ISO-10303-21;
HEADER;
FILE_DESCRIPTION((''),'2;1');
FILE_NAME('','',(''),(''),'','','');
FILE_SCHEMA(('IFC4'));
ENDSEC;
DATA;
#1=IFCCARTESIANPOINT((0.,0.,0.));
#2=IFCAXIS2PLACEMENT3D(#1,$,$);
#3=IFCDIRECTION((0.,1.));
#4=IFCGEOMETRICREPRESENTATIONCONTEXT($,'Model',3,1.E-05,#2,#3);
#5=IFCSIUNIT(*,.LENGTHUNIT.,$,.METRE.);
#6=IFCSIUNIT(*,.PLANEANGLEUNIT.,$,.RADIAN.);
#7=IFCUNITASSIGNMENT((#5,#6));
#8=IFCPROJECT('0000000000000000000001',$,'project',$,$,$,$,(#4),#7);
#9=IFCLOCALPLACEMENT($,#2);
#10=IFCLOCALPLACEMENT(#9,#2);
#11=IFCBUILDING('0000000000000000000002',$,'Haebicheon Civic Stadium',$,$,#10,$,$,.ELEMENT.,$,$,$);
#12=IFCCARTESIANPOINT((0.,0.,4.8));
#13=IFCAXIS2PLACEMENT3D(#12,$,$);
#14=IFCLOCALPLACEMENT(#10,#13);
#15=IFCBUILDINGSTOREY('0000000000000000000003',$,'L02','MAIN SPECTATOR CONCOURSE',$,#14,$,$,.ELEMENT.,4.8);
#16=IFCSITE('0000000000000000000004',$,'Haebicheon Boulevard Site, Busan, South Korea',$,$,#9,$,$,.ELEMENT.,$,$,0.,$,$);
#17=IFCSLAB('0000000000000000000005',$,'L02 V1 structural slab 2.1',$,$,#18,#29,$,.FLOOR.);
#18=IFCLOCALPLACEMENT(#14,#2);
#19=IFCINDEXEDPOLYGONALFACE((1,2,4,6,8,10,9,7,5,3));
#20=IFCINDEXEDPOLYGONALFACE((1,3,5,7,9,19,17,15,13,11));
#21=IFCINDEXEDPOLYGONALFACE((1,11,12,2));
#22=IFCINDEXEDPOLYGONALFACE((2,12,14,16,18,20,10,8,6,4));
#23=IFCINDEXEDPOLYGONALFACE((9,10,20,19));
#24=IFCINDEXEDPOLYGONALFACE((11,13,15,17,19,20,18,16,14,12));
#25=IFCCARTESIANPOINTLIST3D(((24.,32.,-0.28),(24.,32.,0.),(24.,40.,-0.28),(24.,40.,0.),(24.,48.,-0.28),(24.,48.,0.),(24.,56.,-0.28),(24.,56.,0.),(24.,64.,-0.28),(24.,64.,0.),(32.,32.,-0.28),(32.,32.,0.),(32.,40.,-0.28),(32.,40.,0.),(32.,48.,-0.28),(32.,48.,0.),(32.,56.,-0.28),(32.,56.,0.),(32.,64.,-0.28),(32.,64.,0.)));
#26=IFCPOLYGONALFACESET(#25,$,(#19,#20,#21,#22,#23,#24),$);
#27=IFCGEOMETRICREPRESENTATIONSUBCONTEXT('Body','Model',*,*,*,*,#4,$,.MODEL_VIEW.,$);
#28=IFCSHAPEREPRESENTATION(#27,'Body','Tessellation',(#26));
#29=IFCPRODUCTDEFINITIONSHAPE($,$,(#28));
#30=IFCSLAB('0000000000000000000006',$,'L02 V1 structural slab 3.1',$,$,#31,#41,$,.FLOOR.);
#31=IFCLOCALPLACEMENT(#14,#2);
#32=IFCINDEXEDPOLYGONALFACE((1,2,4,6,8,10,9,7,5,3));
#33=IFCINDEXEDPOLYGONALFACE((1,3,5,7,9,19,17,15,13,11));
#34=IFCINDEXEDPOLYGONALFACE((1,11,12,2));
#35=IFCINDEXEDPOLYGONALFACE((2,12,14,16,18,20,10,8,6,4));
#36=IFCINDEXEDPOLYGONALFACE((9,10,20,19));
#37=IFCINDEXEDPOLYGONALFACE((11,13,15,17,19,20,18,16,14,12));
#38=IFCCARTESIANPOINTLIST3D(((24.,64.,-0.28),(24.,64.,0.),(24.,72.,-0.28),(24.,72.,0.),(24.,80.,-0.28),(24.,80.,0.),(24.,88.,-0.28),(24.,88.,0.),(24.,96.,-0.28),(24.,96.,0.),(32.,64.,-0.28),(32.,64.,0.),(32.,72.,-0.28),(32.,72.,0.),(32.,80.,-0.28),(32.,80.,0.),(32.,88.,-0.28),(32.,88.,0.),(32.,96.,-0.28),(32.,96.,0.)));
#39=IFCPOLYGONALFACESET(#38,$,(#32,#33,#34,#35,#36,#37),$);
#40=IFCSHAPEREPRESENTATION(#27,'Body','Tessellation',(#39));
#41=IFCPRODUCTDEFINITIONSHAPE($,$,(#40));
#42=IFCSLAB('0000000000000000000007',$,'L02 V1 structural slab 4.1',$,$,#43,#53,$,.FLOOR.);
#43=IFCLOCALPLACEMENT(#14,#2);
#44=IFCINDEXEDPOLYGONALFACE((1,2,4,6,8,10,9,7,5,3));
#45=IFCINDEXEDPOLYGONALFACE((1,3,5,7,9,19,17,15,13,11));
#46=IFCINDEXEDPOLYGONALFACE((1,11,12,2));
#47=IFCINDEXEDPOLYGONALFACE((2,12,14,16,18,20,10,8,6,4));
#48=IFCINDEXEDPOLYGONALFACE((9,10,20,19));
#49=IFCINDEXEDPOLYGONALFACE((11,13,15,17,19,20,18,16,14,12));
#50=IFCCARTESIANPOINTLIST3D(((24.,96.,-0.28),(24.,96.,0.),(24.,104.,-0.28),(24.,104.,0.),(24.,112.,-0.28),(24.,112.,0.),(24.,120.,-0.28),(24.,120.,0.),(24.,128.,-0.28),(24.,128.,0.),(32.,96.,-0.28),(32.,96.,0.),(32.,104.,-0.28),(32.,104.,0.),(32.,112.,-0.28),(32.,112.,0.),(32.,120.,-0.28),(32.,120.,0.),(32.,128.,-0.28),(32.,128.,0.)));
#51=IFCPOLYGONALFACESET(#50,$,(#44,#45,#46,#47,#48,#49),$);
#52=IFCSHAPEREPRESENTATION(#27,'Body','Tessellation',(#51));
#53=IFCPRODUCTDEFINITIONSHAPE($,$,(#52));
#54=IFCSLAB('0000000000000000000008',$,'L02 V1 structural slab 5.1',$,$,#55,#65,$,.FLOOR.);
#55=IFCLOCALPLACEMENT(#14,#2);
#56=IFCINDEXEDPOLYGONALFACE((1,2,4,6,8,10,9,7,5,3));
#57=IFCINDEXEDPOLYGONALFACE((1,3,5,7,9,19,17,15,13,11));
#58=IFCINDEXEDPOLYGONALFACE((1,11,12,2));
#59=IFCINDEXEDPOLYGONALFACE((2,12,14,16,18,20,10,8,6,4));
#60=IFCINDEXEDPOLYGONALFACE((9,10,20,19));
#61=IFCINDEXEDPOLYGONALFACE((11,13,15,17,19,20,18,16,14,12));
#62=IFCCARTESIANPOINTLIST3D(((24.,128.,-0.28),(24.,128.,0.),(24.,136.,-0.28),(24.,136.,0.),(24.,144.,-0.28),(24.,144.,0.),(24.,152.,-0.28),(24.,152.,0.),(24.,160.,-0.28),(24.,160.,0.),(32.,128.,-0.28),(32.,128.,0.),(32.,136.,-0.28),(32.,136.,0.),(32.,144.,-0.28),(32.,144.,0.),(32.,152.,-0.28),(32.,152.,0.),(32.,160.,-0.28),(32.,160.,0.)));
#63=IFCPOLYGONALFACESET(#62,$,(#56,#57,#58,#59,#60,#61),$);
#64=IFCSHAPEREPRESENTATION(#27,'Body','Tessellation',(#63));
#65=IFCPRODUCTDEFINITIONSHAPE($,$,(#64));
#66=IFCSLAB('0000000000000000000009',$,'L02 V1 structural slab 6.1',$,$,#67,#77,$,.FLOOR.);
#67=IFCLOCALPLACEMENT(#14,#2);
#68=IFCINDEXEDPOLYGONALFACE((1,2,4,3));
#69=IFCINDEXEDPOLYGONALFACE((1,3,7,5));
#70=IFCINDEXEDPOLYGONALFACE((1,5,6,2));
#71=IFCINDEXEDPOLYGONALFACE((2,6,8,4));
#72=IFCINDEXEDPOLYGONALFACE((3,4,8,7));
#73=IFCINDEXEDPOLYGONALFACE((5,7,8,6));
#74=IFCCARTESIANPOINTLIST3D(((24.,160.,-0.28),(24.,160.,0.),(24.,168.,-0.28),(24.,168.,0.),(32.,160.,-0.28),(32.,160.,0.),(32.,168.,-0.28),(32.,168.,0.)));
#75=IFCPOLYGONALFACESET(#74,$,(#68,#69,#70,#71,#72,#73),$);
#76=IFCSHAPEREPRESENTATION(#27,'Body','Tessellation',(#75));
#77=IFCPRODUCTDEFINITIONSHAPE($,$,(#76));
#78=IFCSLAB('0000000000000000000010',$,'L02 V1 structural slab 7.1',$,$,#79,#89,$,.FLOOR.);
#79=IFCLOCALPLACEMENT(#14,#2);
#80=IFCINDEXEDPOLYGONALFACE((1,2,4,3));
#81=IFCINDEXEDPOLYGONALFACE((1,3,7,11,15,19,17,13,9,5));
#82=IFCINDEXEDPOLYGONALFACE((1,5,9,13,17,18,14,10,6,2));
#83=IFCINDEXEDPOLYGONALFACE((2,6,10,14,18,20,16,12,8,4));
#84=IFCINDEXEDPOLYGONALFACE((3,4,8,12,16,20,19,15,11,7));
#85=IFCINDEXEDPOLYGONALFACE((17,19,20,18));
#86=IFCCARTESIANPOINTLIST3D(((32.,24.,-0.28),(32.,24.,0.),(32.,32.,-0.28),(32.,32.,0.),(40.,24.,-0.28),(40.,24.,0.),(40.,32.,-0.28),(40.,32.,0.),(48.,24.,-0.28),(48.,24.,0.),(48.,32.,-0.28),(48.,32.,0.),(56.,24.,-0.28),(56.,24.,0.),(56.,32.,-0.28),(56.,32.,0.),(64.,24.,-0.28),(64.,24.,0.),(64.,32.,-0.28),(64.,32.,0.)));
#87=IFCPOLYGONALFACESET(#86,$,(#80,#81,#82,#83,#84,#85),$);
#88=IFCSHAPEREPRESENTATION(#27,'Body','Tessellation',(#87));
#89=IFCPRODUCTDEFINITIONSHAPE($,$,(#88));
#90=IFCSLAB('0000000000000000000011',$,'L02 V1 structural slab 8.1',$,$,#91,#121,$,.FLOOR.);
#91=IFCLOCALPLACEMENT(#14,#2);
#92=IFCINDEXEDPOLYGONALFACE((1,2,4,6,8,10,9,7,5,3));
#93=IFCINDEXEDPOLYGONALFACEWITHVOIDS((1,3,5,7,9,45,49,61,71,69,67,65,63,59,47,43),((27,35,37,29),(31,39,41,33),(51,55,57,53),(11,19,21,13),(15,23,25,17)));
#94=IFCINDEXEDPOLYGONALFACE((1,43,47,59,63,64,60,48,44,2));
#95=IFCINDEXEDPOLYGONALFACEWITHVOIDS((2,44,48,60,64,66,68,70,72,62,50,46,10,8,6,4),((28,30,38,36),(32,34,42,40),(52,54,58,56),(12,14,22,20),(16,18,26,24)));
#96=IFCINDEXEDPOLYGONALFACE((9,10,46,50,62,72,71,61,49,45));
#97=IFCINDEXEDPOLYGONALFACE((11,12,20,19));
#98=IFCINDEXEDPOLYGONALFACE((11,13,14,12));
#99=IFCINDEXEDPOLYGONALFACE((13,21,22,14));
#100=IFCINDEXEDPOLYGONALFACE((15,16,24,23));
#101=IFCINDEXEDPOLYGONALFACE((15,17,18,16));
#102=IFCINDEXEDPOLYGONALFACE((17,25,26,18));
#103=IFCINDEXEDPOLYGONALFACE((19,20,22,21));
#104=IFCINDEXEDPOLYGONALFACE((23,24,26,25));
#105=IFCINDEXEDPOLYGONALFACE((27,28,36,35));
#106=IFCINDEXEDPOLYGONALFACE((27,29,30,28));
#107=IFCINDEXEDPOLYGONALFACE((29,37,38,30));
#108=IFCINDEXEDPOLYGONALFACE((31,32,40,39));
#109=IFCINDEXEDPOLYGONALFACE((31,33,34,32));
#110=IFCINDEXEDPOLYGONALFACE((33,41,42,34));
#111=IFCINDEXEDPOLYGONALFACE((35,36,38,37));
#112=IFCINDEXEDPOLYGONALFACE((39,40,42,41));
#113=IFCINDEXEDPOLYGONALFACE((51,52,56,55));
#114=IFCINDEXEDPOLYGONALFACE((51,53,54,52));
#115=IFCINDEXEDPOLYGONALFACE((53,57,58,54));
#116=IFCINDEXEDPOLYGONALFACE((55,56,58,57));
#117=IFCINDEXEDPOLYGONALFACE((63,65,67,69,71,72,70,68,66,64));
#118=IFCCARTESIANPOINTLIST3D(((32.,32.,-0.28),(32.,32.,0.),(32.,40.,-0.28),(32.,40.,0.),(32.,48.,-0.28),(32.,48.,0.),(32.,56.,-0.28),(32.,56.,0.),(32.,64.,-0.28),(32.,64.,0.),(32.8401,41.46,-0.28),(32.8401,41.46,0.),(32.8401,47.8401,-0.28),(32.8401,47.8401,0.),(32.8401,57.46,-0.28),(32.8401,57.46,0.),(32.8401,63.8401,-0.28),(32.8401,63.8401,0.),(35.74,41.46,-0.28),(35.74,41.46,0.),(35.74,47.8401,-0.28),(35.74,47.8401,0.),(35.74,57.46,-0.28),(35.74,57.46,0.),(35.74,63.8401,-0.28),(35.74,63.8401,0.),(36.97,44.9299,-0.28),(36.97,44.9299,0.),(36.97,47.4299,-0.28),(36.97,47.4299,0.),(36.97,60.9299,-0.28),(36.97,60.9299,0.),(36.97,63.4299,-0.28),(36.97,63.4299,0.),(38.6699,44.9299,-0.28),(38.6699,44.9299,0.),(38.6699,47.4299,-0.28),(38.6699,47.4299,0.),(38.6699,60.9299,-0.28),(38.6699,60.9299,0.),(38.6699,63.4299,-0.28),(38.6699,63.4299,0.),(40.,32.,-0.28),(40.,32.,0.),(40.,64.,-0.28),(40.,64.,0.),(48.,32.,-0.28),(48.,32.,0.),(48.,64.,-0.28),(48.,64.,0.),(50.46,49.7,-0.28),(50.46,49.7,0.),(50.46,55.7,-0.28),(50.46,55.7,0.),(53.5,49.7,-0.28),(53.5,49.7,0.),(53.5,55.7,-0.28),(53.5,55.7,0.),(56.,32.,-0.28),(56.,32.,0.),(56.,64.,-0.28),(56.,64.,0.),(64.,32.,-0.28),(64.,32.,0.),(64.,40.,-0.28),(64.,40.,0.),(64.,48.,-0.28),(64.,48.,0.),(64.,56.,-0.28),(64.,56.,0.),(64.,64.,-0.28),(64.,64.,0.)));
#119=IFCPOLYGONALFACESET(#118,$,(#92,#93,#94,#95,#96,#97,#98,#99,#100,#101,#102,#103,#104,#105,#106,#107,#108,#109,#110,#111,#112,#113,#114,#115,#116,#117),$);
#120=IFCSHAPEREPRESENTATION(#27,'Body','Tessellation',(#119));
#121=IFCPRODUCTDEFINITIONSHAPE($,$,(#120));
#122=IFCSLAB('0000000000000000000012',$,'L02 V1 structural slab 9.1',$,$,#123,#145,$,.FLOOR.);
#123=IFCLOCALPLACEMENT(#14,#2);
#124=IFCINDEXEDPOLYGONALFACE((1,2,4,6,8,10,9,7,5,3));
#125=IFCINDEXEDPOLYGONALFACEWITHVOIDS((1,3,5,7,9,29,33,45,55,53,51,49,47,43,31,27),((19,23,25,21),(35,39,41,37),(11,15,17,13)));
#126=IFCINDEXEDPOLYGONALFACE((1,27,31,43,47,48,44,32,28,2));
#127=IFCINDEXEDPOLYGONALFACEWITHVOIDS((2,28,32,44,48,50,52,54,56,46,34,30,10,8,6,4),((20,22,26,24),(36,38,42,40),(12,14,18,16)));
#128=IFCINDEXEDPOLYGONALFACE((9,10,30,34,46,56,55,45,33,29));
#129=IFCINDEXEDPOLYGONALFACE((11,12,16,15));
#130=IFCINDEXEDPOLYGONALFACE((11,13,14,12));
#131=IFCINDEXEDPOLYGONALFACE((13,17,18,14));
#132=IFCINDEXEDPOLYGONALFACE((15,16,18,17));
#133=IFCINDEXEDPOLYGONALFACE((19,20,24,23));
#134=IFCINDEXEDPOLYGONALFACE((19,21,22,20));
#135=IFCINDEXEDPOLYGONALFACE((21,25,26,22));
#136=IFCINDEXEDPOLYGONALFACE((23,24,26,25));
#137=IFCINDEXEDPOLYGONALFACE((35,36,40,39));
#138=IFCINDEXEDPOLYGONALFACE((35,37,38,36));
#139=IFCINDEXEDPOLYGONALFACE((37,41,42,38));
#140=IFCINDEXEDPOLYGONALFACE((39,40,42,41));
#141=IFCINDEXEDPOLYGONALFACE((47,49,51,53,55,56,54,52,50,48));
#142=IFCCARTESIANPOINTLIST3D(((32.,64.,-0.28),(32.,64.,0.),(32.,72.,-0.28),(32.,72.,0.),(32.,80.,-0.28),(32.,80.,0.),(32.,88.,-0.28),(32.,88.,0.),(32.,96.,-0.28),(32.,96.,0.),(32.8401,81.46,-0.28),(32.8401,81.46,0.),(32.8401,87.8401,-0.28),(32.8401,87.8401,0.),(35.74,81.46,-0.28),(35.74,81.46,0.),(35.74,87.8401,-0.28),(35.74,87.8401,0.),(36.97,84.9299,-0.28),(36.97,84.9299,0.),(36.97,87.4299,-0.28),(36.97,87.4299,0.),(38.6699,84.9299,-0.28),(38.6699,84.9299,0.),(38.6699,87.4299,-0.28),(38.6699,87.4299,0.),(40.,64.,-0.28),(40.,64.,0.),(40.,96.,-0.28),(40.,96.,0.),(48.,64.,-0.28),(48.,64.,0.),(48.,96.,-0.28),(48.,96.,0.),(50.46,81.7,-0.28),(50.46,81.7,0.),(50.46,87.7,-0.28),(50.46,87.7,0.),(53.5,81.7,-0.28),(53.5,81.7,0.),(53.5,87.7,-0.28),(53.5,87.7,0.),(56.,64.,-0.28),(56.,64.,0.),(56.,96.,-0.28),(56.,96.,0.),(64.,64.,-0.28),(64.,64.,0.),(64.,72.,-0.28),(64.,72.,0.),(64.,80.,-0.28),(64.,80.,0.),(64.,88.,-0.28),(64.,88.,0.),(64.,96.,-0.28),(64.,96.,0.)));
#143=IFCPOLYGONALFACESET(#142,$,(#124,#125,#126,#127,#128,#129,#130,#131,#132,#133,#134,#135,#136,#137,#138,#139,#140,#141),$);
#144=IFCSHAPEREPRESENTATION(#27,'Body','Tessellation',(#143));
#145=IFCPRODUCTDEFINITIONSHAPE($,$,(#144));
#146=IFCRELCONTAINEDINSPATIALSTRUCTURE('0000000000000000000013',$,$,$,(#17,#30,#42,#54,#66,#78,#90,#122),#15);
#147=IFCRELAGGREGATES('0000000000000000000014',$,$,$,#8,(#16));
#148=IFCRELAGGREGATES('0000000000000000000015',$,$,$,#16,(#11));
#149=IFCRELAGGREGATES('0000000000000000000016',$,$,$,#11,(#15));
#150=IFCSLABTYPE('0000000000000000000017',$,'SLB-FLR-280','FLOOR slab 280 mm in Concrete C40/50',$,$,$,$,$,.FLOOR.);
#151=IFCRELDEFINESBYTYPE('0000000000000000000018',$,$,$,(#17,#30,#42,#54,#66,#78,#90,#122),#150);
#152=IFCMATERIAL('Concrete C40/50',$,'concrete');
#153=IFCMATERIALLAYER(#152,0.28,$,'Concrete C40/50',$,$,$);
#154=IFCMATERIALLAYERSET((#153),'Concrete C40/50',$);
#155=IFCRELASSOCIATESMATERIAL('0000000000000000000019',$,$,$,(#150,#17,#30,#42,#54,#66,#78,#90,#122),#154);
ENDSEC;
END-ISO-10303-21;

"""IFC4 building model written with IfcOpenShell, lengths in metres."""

from ifc_helpers import new_model, si_unit, direction, frame, origin, place, context, subcontext, project, spatial, polyline, outline, extrude, material, layer, layer_set, type_object, element, save


model = new_model("IFC4")

# Units and contexts
model_context = context("Model", 3, precision=1e-05, world=origin(), true_north=direction((0.0, 1.0)))
body_context = subcontext(model_context, "Body", "Model", "MODEL_VIEW")
ifc_project = project(units=[si_unit("LENGTHUNIT", "METRE"), si_unit("PLANEANGLEUNIT", "RADIAN")], contexts=[model_context])

# Site, building, storey
site_placement = place(None, origin())
site = spatial("IfcSite", under=ifc_project, at=site_placement, Name="Haebicheon Boulevard Site, Busan, South Korea", CompositionType="ELEMENT", RefElevation=0.0)
building_placement = place(site_placement, origin())
building = spatial("IfcBuilding", under=site, at=building_placement, Name="Haebicheon Civic Stadium", CompositionType="ELEMENT")
storey_placement = place(building_placement, frame((0.0, 0.0, 4.8)))
storey = spatial("IfcBuildingStorey", under=building, at=storey_placement, Name="L02", Description="MAIN SPECTATOR CONCOURSE", CompositionType="ELEMENT", Elevation=4.8)

# Slabs
ifc_material_1 = material(Name="Concrete C40/50", Category="concrete")
ifc_layer_1 = layer(ifc_material_1, 0.28, Name="Concrete C40/50")
ifc_layer_set_1 = layer_set([ifc_layer_1], Name="Concrete C40/50")
slab_type_1 = type_object("IfcSlabType", Name="SLB-FLR-280", Description="FLOOR slab 280 mm in Concrete C40/50", PredefinedType="FLOOR", material=ifc_layer_set_1)
slab_1_placement = place(storey_placement, frame((0.0, 0.0, -0.28)))
element("IfcSlab", 1, at=slab_1_placement, inside=storey, type_object=slab_type_1, material=ifc_layer_set_1, Name="L02 V1 structural slab 2.1", PredefinedType="FLOOR", context=body_context, shape_type="SweptSolid", body=[
    extrude(outline(polyline([(24.0, 32.0), (24.0, 40.0), (24.0, 48.0), (24.0, 56.0), (24.0, 64.0), (32.0, 64.0), (32.0, 56.0), (32.0, 48.0), (32.0, 40.0), (32.0, 32.0), (24.0, 32.0)])), origin(), (0.0, 0.0, 1.0), 0.28),
])
slab_2_placement = place(storey_placement, frame((0.0, 0.0, -0.28)))
element("IfcSlab", 2, at=slab_2_placement, inside=storey, type_object=slab_type_1, material=ifc_layer_set_1, Name="L02 V1 structural slab 3.1", PredefinedType="FLOOR", context=body_context, shape_type="SweptSolid", body=[
    extrude(outline(polyline([(24.0, 64.0), (24.0, 72.0), (24.0, 80.0), (24.0, 88.0), (24.0, 96.0), (32.0, 96.0), (32.0, 88.0), (32.0, 80.0), (32.0, 72.0), (32.0, 64.0), (24.0, 64.0)])), origin(), (0.0, 0.0, 1.0), 0.28),
])
slab_3_placement = place(storey_placement, frame((0.0, 0.0, -0.28)))
element("IfcSlab", 3, at=slab_3_placement, inside=storey, type_object=slab_type_1, material=ifc_layer_set_1, Name="L02 V1 structural slab 4.1", PredefinedType="FLOOR", context=body_context, shape_type="SweptSolid", body=[
    extrude(outline(polyline([(24.0, 96.0), (24.0, 104.0), (24.0, 112.0), (24.0, 120.0), (24.0, 128.0), (32.0, 128.0), (32.0, 120.0), (32.0, 112.0), (32.0, 104.0), (32.0, 96.0), (24.0, 96.0)])), origin(), (0.0, 0.0, 1.0), 0.28),
])
slab_4_placement = place(storey_placement, frame((0.0, 0.0, -0.28)))
element("IfcSlab", 4, at=slab_4_placement, inside=storey, type_object=slab_type_1, material=ifc_layer_set_1, Name="L02 V1 structural slab 5.1", PredefinedType="FLOOR", context=body_context, shape_type="SweptSolid", body=[
    extrude(outline(polyline([(24.0, 128.0), (24.0, 136.0), (24.0, 144.0), (24.0, 152.0), (24.0, 160.0), (32.0, 160.0), (32.0, 152.0), (32.0, 144.0), (32.0, 136.0), (32.0, 128.0), (24.0, 128.0)])), origin(), (0.0, 0.0, 1.0), 0.28),
])
slab_5_placement = place(storey_placement, frame((0.0, 0.0, -0.28)))
element("IfcSlab", 5, at=slab_5_placement, inside=storey, type_object=slab_type_1, material=ifc_layer_set_1, Name="L02 V1 structural slab 6.1", PredefinedType="FLOOR", context=body_context, shape_type="SweptSolid", body=[
    extrude(outline(polyline([(32.0, 160.0), (24.0, 160.0), (24.0, 168.0), (32.0, 168.0), (32.0, 160.0)])), origin(), (0.0, 0.0, 1.0), 0.28),
])
slab_6_placement = place(storey_placement, frame((0.0, 0.0, -0.28)))
element("IfcSlab", 6, at=slab_6_placement, inside=storey, type_object=slab_type_1, material=ifc_layer_set_1, Name="L02 V1 structural slab 7.1", PredefinedType="FLOOR", context=body_context, shape_type="SweptSolid", body=[
    extrude(outline(polyline([(32.0, 32.0), (40.0, 32.0), (48.0, 32.0), (56.0, 32.0), (64.0, 32.0), (64.0, 24.0), (56.0, 24.0), (48.0, 24.0), (40.0, 24.0), (32.0, 24.0), (32.0, 32.0)])), origin(), (0.0, 0.0, 1.0), 0.28),
])
slab_7_placement = place(storey_placement, frame((0.0, 0.0, -0.28)))
element("IfcSlab", 7, at=slab_7_placement, inside=storey, type_object=slab_type_1, material=ifc_layer_set_1, Name="L02 V1 structural slab 8.1", PredefinedType="FLOOR", context=body_context, shape_type="SweptSolid", body=[
    extrude(outline(polyline([(32.0, 56.0), (32.0, 64.0), (40.0, 64.0), (48.0, 64.0), (56.0, 64.0), (64.0, 64.0), (64.0, 56.0), (64.0, 48.0), (64.0, 40.0), (64.0, 32.0), (56.0, 32.0), (48.0, 32.0), (40.0, 32.0), (32.0, 32.0), (32.0, 40.0), (32.0, 48.0), (32.0, 56.0)]), holes=[polyline([(32.8401, 41.46), (35.74, 41.46), (35.74, 47.8401), (32.8401, 47.8401), (32.8401, 41.46)]), polyline([(36.97, 44.9299), (38.6699, 44.9299), (38.6699, 47.4299), (36.97, 47.4299), (36.97, 44.9299)]), polyline([(32.8401, 57.46), (35.74, 57.46), (35.74, 63.8401), (32.8401, 63.8401), (32.8401, 57.46)]), polyline([(36.97, 60.9299), (38.6699, 60.9299), (38.6699, 63.4299), (36.97, 63.4299), (36.97, 60.9299)]), polyline([(50.46, 49.7), (53.5, 49.7), (53.5, 55.7), (50.46, 55.7), (50.46, 49.7)])]), origin(), (0.0, 0.0, 1.0), 0.28),
])
slab_8_placement = place(storey_placement, frame((0.0, 0.0, -0.28)))
element("IfcSlab", 8, at=slab_8_placement, inside=storey, type_object=slab_type_1, material=ifc_layer_set_1, Name="L02 V1 structural slab 9.1", PredefinedType="FLOOR", context=body_context, shape_type="SweptSolid", body=[
    extrude(outline(polyline([(32.0, 88.0), (32.0, 96.0), (40.0, 96.0), (48.0, 96.0), (56.0, 96.0), (64.0, 96.0), (64.0, 88.0), (64.0, 80.0), (64.0, 72.0), (64.0, 64.0), (56.0, 64.0), (48.0, 64.0), (40.0, 64.0), (32.0, 64.0), (32.0, 72.0), (32.0, 80.0), (32.0, 88.0)]), holes=[polyline([(32.8401, 81.46), (35.74, 81.46), (35.74, 87.8401), (32.8401, 87.8401), (32.8401, 81.46)]), polyline([(36.97, 84.9299), (38.6699, 84.9299), (38.6699, 87.4299), (36.97, 87.4299), (36.97, 84.9299)]), polyline([(50.46, 81.7), (53.5, 81.7), (53.5, 87.7), (50.46, 87.7), (50.46, 81.7)])]), origin(), (0.0, 0.0, 1.0), 0.28),
])

save(model, "model.ifc")
